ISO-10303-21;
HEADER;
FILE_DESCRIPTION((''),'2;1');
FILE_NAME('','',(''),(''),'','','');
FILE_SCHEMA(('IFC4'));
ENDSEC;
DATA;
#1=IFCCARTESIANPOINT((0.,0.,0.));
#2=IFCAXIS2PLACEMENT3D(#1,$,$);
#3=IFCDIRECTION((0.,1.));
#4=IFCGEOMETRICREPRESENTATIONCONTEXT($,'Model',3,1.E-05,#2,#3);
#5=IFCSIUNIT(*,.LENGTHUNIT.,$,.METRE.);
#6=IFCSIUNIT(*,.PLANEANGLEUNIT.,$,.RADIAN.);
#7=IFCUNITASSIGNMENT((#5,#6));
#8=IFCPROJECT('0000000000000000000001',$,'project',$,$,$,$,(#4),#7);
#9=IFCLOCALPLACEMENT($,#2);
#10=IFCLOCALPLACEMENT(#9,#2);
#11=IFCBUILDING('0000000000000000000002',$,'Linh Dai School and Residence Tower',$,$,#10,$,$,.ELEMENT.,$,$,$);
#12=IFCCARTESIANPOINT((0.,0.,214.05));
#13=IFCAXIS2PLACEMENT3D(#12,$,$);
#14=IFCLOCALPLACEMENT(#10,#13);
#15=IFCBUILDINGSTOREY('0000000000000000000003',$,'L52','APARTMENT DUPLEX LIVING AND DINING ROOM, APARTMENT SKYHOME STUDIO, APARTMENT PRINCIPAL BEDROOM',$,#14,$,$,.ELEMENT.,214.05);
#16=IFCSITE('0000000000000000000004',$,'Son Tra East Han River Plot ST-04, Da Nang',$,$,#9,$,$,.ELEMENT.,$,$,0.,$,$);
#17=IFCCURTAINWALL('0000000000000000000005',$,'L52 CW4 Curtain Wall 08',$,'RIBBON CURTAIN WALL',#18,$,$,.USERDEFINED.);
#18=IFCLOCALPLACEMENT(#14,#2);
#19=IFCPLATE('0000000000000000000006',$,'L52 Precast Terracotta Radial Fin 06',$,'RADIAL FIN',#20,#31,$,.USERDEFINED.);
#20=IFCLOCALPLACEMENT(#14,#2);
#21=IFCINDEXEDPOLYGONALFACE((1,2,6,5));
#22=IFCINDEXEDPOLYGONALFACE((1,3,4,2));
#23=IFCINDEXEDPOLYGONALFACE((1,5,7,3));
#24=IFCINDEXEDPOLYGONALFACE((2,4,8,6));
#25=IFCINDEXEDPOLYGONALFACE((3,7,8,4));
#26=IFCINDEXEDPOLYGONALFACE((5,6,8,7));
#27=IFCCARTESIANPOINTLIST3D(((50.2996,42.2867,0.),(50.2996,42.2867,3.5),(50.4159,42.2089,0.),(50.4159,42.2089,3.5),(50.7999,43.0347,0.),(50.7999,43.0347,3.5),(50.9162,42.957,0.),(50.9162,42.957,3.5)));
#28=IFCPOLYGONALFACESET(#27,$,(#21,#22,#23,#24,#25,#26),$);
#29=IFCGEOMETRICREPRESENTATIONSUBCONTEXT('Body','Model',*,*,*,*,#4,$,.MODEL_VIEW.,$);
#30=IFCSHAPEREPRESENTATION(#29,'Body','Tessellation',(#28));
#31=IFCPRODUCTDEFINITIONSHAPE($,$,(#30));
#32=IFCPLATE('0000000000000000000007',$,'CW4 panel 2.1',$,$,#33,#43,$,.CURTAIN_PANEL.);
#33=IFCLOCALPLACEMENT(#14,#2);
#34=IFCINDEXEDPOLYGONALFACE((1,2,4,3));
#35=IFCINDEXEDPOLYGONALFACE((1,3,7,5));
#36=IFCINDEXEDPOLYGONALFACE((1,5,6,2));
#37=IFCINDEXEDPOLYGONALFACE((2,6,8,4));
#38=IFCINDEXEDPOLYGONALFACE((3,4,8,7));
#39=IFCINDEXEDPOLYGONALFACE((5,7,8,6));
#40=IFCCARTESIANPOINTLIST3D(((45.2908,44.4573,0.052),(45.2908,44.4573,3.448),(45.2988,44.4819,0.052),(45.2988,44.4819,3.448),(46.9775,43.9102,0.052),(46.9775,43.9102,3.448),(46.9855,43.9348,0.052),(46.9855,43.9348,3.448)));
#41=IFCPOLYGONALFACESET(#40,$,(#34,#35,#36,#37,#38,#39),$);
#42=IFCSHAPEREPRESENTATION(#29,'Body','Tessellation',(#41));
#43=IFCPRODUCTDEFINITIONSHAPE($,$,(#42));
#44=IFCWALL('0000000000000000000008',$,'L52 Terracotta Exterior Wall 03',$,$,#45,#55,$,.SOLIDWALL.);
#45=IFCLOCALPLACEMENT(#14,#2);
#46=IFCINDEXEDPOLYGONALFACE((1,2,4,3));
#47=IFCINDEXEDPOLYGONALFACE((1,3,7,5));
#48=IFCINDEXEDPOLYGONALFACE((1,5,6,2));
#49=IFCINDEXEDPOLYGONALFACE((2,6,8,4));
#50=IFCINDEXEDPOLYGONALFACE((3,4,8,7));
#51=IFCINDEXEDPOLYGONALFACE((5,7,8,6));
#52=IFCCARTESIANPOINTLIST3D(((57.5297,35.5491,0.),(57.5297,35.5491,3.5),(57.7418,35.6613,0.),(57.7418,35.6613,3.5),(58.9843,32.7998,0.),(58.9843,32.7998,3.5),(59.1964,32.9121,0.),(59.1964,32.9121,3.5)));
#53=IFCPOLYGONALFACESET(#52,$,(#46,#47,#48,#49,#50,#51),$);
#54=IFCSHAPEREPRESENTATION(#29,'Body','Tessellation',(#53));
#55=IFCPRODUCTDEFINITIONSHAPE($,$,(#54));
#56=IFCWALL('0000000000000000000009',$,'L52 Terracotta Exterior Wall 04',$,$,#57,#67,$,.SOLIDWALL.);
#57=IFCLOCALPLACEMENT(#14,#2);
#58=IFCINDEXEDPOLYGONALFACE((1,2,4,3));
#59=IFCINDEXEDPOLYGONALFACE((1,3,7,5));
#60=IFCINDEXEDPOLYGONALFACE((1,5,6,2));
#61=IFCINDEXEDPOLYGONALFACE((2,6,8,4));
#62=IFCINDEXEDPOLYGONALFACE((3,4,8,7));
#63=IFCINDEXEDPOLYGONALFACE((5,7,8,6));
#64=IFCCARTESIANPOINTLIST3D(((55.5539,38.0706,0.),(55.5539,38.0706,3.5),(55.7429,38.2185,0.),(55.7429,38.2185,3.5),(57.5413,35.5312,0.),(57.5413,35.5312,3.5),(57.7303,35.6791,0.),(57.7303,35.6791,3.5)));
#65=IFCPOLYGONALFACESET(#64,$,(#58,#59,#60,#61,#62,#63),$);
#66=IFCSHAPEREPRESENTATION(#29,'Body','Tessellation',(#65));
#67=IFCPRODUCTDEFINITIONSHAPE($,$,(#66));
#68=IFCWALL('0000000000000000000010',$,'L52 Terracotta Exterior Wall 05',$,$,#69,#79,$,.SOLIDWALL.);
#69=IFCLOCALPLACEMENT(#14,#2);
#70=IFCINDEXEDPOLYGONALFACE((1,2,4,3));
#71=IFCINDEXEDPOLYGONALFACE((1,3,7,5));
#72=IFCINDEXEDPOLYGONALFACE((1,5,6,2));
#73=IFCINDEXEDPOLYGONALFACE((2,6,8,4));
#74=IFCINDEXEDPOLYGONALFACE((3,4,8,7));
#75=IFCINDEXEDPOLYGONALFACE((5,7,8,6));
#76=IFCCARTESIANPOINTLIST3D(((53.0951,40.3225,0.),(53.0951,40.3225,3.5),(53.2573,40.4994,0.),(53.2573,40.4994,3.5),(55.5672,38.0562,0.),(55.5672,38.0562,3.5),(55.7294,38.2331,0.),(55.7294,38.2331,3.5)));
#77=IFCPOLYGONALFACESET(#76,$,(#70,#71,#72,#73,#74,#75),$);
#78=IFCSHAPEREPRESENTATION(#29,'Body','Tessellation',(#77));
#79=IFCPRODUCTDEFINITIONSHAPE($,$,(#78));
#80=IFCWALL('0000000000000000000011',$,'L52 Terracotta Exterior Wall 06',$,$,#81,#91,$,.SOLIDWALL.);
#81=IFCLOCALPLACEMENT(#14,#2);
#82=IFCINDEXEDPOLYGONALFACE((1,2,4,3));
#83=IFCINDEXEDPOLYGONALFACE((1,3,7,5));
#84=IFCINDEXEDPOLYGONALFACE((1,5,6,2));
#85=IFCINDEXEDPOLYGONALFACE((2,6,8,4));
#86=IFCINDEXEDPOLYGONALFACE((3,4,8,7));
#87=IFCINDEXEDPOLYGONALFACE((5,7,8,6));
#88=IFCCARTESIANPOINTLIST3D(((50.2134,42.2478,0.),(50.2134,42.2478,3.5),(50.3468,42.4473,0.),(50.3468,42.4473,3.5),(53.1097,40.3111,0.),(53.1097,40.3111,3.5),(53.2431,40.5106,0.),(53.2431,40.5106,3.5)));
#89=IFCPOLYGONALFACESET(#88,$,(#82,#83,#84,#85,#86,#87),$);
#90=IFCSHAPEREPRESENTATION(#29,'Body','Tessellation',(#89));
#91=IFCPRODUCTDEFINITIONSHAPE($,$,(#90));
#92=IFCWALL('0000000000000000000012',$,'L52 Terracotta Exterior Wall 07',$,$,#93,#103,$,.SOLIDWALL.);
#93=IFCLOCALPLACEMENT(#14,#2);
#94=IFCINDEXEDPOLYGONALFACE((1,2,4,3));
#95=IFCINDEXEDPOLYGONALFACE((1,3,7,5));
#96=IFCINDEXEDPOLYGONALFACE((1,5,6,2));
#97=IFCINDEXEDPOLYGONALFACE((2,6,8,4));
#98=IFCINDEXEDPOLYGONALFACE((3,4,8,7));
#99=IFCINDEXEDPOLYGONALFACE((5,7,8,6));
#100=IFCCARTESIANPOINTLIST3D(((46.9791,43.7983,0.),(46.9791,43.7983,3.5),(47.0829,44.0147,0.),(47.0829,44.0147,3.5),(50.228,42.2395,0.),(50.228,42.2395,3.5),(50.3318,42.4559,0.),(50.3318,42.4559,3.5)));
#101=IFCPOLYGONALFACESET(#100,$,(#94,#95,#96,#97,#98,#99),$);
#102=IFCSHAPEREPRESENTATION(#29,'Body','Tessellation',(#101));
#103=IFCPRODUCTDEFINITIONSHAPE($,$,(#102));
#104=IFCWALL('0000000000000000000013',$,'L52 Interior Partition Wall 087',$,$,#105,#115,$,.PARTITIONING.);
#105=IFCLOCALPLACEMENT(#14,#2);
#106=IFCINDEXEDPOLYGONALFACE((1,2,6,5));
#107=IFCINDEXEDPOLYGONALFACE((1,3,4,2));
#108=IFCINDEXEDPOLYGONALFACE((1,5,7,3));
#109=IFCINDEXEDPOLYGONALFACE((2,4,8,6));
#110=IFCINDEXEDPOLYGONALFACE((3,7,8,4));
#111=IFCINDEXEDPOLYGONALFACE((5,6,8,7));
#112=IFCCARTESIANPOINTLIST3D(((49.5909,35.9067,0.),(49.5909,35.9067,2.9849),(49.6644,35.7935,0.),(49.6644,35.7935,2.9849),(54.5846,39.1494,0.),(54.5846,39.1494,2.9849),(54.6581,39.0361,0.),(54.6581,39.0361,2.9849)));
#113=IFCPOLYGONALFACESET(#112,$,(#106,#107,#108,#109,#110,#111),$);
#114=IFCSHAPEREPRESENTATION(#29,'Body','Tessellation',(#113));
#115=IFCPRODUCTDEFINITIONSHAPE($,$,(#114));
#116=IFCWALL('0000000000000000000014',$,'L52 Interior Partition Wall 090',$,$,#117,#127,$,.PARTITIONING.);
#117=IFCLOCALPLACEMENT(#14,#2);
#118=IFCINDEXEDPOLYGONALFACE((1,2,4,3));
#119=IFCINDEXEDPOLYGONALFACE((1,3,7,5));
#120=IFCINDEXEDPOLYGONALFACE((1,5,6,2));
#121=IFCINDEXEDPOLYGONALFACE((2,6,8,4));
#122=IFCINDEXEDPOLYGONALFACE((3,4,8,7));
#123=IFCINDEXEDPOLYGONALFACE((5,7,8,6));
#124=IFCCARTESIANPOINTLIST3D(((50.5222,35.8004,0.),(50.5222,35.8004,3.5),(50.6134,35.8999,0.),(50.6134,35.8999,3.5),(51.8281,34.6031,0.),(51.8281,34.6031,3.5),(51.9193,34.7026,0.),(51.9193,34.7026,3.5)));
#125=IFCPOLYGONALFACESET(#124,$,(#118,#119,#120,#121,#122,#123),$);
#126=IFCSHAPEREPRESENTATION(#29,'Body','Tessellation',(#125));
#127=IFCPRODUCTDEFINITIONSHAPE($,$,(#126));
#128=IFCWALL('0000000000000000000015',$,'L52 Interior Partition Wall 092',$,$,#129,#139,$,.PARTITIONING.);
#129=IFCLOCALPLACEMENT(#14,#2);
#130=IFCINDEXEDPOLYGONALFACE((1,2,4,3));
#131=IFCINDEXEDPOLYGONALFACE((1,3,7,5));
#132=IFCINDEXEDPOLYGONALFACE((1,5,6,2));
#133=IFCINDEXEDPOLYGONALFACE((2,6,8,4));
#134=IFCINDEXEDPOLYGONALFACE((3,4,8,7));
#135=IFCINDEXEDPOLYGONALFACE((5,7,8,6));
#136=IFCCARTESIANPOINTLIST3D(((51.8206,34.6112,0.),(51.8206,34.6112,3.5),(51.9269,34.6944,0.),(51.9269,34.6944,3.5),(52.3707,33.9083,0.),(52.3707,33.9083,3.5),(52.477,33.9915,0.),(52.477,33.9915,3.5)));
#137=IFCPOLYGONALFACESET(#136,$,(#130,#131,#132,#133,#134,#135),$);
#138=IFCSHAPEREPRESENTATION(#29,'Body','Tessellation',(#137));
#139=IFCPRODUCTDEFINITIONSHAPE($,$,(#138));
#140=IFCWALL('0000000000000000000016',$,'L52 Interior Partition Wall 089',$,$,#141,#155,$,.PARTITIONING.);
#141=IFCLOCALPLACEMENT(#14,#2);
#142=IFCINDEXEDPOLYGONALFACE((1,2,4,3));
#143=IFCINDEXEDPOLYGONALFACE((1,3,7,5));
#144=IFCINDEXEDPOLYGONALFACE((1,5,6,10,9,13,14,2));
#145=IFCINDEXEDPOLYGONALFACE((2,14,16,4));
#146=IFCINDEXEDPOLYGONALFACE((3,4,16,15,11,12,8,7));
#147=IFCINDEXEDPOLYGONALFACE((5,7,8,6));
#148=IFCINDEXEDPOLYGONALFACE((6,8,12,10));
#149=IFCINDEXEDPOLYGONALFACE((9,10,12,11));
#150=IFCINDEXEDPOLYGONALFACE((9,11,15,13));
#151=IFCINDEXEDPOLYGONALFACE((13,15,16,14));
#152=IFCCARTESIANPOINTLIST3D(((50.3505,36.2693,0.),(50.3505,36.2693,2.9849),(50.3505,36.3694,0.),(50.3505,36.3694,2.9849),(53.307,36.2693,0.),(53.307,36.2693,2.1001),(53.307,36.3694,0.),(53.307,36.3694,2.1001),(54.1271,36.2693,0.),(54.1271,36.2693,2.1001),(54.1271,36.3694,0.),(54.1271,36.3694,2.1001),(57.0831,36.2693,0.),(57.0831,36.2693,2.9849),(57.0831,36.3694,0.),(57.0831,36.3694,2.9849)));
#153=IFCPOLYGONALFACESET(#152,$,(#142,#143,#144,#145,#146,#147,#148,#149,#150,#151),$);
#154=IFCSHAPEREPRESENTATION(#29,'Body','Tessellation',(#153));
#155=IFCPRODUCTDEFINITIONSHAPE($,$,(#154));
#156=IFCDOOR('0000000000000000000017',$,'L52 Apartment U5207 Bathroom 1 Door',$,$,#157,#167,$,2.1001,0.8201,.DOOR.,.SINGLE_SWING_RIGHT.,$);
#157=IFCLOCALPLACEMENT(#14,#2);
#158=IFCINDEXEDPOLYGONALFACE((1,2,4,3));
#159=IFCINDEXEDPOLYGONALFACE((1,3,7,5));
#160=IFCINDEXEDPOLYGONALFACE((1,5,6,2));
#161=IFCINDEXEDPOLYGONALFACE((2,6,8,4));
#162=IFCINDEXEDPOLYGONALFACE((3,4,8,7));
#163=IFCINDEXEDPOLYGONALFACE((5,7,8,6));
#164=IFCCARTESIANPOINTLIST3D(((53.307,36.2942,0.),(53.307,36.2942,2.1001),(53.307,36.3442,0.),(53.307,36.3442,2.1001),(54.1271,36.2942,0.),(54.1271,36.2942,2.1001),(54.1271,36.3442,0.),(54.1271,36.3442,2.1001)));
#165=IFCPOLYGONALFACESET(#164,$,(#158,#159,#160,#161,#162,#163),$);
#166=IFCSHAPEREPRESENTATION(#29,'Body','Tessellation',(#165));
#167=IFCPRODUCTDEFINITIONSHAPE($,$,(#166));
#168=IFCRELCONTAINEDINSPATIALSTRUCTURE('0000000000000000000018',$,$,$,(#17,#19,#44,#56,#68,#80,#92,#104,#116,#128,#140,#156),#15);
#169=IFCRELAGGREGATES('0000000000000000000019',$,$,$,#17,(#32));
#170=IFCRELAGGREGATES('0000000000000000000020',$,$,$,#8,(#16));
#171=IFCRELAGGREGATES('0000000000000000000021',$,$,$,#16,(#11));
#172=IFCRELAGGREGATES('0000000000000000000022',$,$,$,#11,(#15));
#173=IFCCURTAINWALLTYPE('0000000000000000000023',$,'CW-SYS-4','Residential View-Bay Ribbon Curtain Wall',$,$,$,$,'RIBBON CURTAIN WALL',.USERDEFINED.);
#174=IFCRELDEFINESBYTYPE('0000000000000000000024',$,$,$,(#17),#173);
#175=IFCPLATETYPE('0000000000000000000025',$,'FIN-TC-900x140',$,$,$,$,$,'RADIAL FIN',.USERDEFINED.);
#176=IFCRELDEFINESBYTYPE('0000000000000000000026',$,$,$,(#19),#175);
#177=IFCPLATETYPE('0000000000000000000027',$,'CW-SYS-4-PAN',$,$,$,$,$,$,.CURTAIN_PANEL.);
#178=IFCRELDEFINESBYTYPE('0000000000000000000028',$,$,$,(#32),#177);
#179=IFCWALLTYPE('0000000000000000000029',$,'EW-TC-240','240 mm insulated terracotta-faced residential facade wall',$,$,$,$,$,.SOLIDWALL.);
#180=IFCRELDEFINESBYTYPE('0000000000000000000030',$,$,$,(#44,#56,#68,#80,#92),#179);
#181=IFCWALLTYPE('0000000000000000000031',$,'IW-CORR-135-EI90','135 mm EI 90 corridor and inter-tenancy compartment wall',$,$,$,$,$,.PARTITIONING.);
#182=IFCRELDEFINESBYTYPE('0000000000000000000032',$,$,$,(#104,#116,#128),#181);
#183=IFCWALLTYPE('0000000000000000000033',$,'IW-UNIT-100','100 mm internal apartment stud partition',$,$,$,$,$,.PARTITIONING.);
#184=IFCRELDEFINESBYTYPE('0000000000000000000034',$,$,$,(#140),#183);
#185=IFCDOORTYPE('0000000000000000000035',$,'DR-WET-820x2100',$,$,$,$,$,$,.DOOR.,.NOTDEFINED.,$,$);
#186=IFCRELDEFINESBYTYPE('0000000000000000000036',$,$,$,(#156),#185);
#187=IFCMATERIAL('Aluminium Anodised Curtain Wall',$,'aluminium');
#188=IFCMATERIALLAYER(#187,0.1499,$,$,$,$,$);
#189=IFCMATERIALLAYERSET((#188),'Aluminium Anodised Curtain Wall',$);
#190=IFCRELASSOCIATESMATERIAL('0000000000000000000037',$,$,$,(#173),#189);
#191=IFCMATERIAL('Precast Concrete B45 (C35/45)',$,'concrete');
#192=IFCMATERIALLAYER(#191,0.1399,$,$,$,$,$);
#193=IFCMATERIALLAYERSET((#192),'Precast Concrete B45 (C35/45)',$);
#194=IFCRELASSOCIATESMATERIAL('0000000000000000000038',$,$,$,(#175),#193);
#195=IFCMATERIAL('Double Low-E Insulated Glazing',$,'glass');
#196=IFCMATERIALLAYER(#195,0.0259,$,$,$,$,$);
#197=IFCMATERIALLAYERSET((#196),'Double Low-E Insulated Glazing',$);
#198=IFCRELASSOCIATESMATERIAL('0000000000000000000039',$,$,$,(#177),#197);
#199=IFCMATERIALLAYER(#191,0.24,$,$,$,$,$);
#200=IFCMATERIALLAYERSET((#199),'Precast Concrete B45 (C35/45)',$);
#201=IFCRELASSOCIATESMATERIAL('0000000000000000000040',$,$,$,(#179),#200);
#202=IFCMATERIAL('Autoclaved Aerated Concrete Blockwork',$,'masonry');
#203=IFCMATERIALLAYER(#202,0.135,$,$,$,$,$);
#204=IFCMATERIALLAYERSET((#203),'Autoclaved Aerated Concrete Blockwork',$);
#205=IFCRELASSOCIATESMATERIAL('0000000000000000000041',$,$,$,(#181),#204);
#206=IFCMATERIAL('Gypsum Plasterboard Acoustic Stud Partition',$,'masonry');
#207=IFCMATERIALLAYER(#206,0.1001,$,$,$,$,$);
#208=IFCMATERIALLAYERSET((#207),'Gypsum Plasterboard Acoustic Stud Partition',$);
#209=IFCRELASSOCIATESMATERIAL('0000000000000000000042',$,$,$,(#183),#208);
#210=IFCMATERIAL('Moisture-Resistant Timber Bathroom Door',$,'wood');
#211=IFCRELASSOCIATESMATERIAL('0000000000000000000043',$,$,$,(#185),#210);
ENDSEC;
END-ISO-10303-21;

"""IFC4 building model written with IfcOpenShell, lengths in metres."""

from ifc_helpers import new_model, si_unit, direction, frame, frame_2d, origin, origin_2d, place, context, subcontext, project, spatial, rectangle, extrude, source, transform, mapped, material, layer, layer_set, type_object, element, fill, aggregate, save


model = new_model("IFC4")

# Units and contexts
model_context = context("Model", 3, precision=1e-05, world=origin(), true_north=direction((0.0, 1.0)))
body_context = subcontext(model_context, "Body", "Model", "MODEL_VIEW")
ifc_project = project(units=[si_unit("LENGTHUNIT", "METRE"), si_unit("PLANEANGLEUNIT", "RADIAN")], contexts=[model_context])

# Site, building, storey
site_placement = place(None, origin())
site = spatial("IfcSite", under=ifc_project, at=site_placement, Name="Son Tra East Han River Plot ST-04, Da Nang", CompositionType="ELEMENT", RefElevation=0.0)
building_placement = place(site_placement, origin())
building = spatial("IfcBuilding", under=site, at=building_placement, Name="Linh Dai School and Residence Tower", CompositionType="ELEMENT")
storey_placement = place(building_placement, frame((0.0, 0.0, 214.05)))
storey = spatial("IfcBuildingStorey", under=building, at=storey_placement, Name="L52", Description="APARTMENT DUPLEX LIVING AND DINING ROOM, APARTMENT SKYHOME STUDIO, APARTMENT PRINCIPAL BEDROOM", CompositionType="ELEMENT", Elevation=214.05)

# Curtain wall
ifc_material_1 = material(Name="Aluminium Anodised Curtain Wall", Category="aluminium")
ifc_layer_1 = layer(ifc_material_1, 0.1499)
ifc_layer_set_1 = layer_set([ifc_layer_1], Name="Aluminium Anodised Curtain Wall")
curtain_wall_type = type_object("IfcCurtainWallType", Name="CW-SYS-4", Description="Residential View-Bay Ribbon Curtain Wall", ElementType="RIBBON CURTAIN WALL", PredefinedType="USERDEFINED", material=ifc_layer_set_1)
curtain_wall_placement = place(storey_placement, origin())
curtain_wall = element("IfcCurtainWall", 1, at=curtain_wall_placement, inside=storey, type_object=curtain_wall_type, Name="L52 CW4 Curtain Wall 08", ObjectType="RIBBON CURTAIN WALL", PredefinedType="USERDEFINED")

# Plate
ifc_material_2 = material(Name="Precast Concrete B45 (C35/45)", Category="concrete")
ifc_layer_2 = layer(ifc_material_2, 0.1399)
ifc_layer_set_2 = layer_set([ifc_layer_2], Name="Precast Concrete B45 (C35/45)")
plate_type_1 = type_object("IfcPlateType", Name="FIN-TC-900x140", ElementType="RADIAL FIN", PredefinedType="USERDEFINED", material=ifc_layer_set_2)
shared_shape_1 = source(origin(), body_context, "Body", "SweptSolid", [
    extrude(rectangle(XDim=0.8999, YDim=0.1399, at=origin_2d()), origin(), (0.0, 0.0, 1.0), 3.5),
])
plate_1_placement = place(storey_placement, frame((50.6079, 42.6218, 0.0), z_axis=(0.0, 0.0, 1.0), x_axis=(0.555887, 0.831258, 0.0)))
element("IfcPlate", 2, at=plate_1_placement, inside=storey, type_object=plate_type_1, Name="L52 Precast Terracotta Radial Fin 06", ObjectType="RADIAL FIN", PredefinedType="USERDEFINED", context=body_context, shape_type="MappedRepresentation", body=[
    mapped(shared_shape_1, transform((0.0, 0.0, 0.0), x_axis=(1.0, 0.0, 0.0), y_axis=(0.0, 1.0, 0.0), z_axis=(0.0, 0.0, 1.0), scale=1.0)),
])

# Plate
ifc_material_3 = material(Name="Double Low-E Insulated Glazing", Category="glass")
ifc_layer_3 = layer(ifc_material_3, 0.0259)
ifc_layer_set_3 = layer_set([ifc_layer_3], Name="Double Low-E Insulated Glazing")
plate_type_2 = type_object("IfcPlateType", Name="CW-SYS-4-PAN", PredefinedType="CURTAIN_PANEL", material=ifc_layer_set_3)
shared_shape_2 = source(origin(), body_context, "Body", "SweptSolid", [
    extrude(rectangle(XDim=1.7732, YDim=0.0259, at=origin_2d()), origin(), (0.0, 0.0, 1.0), 3.396),
])
plate_2_placement = place(storey_placement, frame((46.1382, 44.196, 0.052), z_axis=(0.0, 0.0, 1.0), x_axis=(0.951224, -0.308501, 0.0)))
plate_2 = element("IfcPlate", 3, at=plate_2_placement, type_object=plate_type_2, Name="CW4 panel 2.1", PredefinedType="CURTAIN_PANEL", context=body_context, shape_type="MappedRepresentation", body=[
    mapped(shared_shape_2, transform((0.0, 0.0, 0.0), x_axis=(1.0, 0.0, 0.0), y_axis=(0.0, 1.0, 0.0), z_axis=(0.0, 0.0, 1.0), scale=1.0)),
])
aggregate(curtain_wall, [plate_2])

# Walls
ifc_layer_4 = layer(ifc_material_2, 0.24)
ifc_layer_set_4 = layer_set([ifc_layer_4], Name="Precast Concrete B45 (C35/45)")
wall_type_1 = type_object("IfcWallType", Name="EW-TC-240", Description="240 mm insulated terracotta-faced residential facade wall", PredefinedType="SOLIDWALL", material=ifc_layer_set_4)
wall_1_placement = place(storey_placement, frame((57.6357, 35.6052, 0.0), z_axis=(0.0, 0.0, 1.0), x_axis=(0.46766, -0.883908, 0.0)))
element("IfcWall", 4, at=wall_1_placement, inside=storey, type_object=wall_type_1, Name="L52 Terracotta Exterior Wall 03", PredefinedType="SOLIDWALL", context=body_context, shape_type="SweptSolid", body=[
    extrude(rectangle(XDim=3.1104, YDim=0.24, at=frame_2d((1.5552, 0.0))), origin(), (0.0, 0.0, 1.0), 3.5),
])
wall_2_placement = place(storey_placement, frame((55.6484, 38.1445, 0.0), z_axis=(0.0, 0.0, 1.0), x_axis=(0.616312, -0.787502, 0.0)))
element("IfcWall", 5, at=wall_2_placement, inside=storey, type_object=wall_type_1, Name="L52 Terracotta Exterior Wall 04", PredefinedType="SOLIDWALL", context=body_context, shape_type="SweptSolid", body=[
    extrude(rectangle(XDim=3.2246, YDim=0.24, at=frame_2d((1.6123, 0.0))), origin(), (0.0, 0.0, 1.0), 3.5),
])
wall_3_placement = place(storey_placement, frame((53.1763, 40.4109, 0.0), z_axis=(0.0, 0.0, 1.0), x_axis=(0.737124, -0.675758, 0.0)))
element("IfcWall", 6, at=wall_3_placement, inside=storey, type_object=wall_type_1, Name="L52 Terracotta Exterior Wall 05", PredefinedType="SOLIDWALL", context=body_context, shape_type="SweptSolid", body=[
    extrude(rectangle(XDim=3.3538, YDim=0.24, at=frame_2d((1.6768, 0.0))), origin(), (0.0, 0.0, 1.0), 3.5),
])
wall_4_placement = place(storey_placement, frame((50.28, 42.3477, 0.0), z_axis=(0.0, 0.0, 1.0), x_axis=(0.831262, -0.55588, 0.0)))
element("IfcWall", 7, at=wall_4_placement, inside=storey, type_object=wall_type_1, Name="L52 Terracotta Exterior Wall 06", PredefinedType="SOLIDWALL", context=body_context, shape_type="SweptSolid", body=[
    extrude(rectangle(XDim=3.4841, YDim=0.24, at=frame_2d((1.7422, 0.0))), origin(), (0.0, 0.0, 1.0), 3.5),
])
wall_5_placement = place(storey_placement, frame((47.031, 43.9065, 0.0), z_axis=(0.0, 0.0, 1.0), x_axis=(0.901598, -0.432575, 0.0)))
element("IfcWall", 8, at=wall_5_placement, inside=storey, type_object=wall_type_1, Name="L52 Terracotta Exterior Wall 07", PredefinedType="SOLIDWALL", context=body_context, shape_type="SweptSolid", body=[
    extrude(rectangle(XDim=3.6035, YDim=0.24, at=frame_2d((1.8018, 0.0))), origin(), (0.0, 0.0, 1.0), 3.5),
])
ifc_material_4 = material(Name="Autoclaved Aerated Concrete Blockwork", Category="masonry")
ifc_layer_5 = layer(ifc_material_4, 0.135)
ifc_layer_set_5 = layer_set([ifc_layer_5], Name="Autoclaved Aerated Concrete Blockwork")
wall_type_2 = type_object("IfcWallType", Name="IW-CORR-135-EI90", Description="135 mm EI 90 corridor and inter-tenancy compartment wall", PredefinedType="PARTITIONING", material=ifc_layer_set_5)
wall_6_placement = place(storey_placement, frame((49.6277, 35.8501, 0.0), z_axis=(0.0, 0.0, 1.0), x_axis=(0.838689, 0.544611, 0.0)))
element("IfcWall", 9, at=wall_6_placement, inside=storey, type_object=wall_type_2, Name="L52 Interior Partition Wall 087", PredefinedType="PARTITIONING", context=body_context, shape_type="SweptSolid", body=[
    extrude(rectangle(XDim=5.9541, YDim=0.135, at=frame_2d((2.9771, 0.0))), origin(), (0.0, 0.0, 1.0), 2.9849),
])
wall_7_placement = place(storey_placement, frame((50.5679, 35.8501, 0.0), z_axis=(0.0, 0.0, 1.0), x_axis=(0.737103, -0.675781, 0.0)))
element("IfcWall", 10, at=wall_7_placement, inside=storey, type_object=wall_type_2, Name="L52 Interior Partition Wall 090", PredefinedType="PARTITIONING", context=body_context, shape_type="SweptSolid", body=[
    extrude(rectangle(XDim=1.7717, YDim=0.135, at=frame_2d((0.8857, 0.0))), origin(), (0.0, 0.0, 1.0), 3.5),
])
wall_8_placement = place(storey_placement, frame((51.8738, 34.6528, 0.0), z_axis=(0.0, 0.0, 1.0), x_axis=(0.616286, -0.787522, 0.0)))
element("IfcWall", 11, at=wall_8_placement, inside=storey, type_object=wall_type_2, Name="L52 Interior Partition Wall 092", PredefinedType="PARTITIONING", context=body_context, shape_type="SweptSolid", body=[
    extrude(rectangle(XDim=0.8926, YDim=0.135, at=frame_2d((0.4463, 0.0))), origin(), (0.0, 0.0, 1.0), 3.5),
])

# Wall, opening, door
ifc_material_5 = material(Name="Gypsum Plasterboard Acoustic Stud Partition", Category="masonry")
ifc_layer_6 = layer(ifc_material_5, 0.1001)
ifc_layer_set_6 = layer_set([ifc_layer_6], Name="Gypsum Plasterboard Acoustic Stud Partition")
wall_type_3 = type_object("IfcWallType", Name="IW-UNIT-100", Description="100 mm internal apartment stud partition", PredefinedType="PARTITIONING", material=ifc_layer_set_6)
wall_9_placement = place(storey_placement, frame((50.3506, 36.3193, 0.0), z_axis=(0.0, 0.0, 1.0), x_axis=(1.0, 0.0, 0.0)))
wall_9 = element("IfcWall", 12, at=wall_9_placement, inside=storey, type_object=wall_type_3, Name="L52 Interior Partition Wall 089", PredefinedType="PARTITIONING", context=body_context, shape_type="SweptSolid", body=[
    extrude(rectangle(XDim=6.7327, YDim=0.1001, at=frame_2d((3.3662, 0.0))), origin(), (0.0, 0.0, 1.0), 2.9849),
])
opening_placement = place(wall_9_placement, frame((2.9563, 0.0, 0.0)))
opening = element("IfcOpeningElement", 13, at=opening_placement, cuts=wall_9, PredefinedType="OPENING", context=body_context, shape_type="SweptSolid", body=[
    extrude(rectangle(XDim=0.8201, YDim=2.1001, at=origin_2d()), frame((0.4102, 0.0601, 1.05), z_axis=(0.0, -1.0, 0.0), x_axis=(1.0, 0.0, 0.0)), (0.0, 0.0, 1.0), 0.1201),
])
ifc_material_6 = material(Name="Moisture-Resistant Timber Bathroom Door", Category="wood")
door_type = type_object("IfcDoorType", Name="DR-WET-820x2100", OperationType="NOTDEFINED", PredefinedType="DOOR", material=ifc_material_6)
shared_shape_3 = source(origin(), body_context, "Body", "SweptSolid", [
    extrude(rectangle(XDim=0.8201, YDim=2.1001, at=origin_2d()), frame((0.4102, 0.0249, 1.05), z_axis=(0.0, -1.0, 0.0), x_axis=(1.0, 0.0, 0.0)), (0.0, 0.0, 1.0), 0.05),
])
door_placement = place(opening_placement, origin())
door = element("IfcDoor", 14, at=door_placement, inside=storey, type_object=door_type, Name="L52 Apartment U5207 Bathroom 1 Door", OperationType="SINGLE_SWING_RIGHT", OverallHeight=2.1001, OverallWidth=0.8201, PredefinedType="DOOR", context=body_context, shape_type="MappedRepresentation", body=[
    mapped(shared_shape_3, transform((0.0, 0.0, 0.0), x_axis=(1.0, 0.0, 0.0), y_axis=(0.0, 1.0, 0.0), z_axis=(0.0, 0.0, 1.0), scale=1.0)),
])
fill(opening, door)

save(model, "model.ifc")
